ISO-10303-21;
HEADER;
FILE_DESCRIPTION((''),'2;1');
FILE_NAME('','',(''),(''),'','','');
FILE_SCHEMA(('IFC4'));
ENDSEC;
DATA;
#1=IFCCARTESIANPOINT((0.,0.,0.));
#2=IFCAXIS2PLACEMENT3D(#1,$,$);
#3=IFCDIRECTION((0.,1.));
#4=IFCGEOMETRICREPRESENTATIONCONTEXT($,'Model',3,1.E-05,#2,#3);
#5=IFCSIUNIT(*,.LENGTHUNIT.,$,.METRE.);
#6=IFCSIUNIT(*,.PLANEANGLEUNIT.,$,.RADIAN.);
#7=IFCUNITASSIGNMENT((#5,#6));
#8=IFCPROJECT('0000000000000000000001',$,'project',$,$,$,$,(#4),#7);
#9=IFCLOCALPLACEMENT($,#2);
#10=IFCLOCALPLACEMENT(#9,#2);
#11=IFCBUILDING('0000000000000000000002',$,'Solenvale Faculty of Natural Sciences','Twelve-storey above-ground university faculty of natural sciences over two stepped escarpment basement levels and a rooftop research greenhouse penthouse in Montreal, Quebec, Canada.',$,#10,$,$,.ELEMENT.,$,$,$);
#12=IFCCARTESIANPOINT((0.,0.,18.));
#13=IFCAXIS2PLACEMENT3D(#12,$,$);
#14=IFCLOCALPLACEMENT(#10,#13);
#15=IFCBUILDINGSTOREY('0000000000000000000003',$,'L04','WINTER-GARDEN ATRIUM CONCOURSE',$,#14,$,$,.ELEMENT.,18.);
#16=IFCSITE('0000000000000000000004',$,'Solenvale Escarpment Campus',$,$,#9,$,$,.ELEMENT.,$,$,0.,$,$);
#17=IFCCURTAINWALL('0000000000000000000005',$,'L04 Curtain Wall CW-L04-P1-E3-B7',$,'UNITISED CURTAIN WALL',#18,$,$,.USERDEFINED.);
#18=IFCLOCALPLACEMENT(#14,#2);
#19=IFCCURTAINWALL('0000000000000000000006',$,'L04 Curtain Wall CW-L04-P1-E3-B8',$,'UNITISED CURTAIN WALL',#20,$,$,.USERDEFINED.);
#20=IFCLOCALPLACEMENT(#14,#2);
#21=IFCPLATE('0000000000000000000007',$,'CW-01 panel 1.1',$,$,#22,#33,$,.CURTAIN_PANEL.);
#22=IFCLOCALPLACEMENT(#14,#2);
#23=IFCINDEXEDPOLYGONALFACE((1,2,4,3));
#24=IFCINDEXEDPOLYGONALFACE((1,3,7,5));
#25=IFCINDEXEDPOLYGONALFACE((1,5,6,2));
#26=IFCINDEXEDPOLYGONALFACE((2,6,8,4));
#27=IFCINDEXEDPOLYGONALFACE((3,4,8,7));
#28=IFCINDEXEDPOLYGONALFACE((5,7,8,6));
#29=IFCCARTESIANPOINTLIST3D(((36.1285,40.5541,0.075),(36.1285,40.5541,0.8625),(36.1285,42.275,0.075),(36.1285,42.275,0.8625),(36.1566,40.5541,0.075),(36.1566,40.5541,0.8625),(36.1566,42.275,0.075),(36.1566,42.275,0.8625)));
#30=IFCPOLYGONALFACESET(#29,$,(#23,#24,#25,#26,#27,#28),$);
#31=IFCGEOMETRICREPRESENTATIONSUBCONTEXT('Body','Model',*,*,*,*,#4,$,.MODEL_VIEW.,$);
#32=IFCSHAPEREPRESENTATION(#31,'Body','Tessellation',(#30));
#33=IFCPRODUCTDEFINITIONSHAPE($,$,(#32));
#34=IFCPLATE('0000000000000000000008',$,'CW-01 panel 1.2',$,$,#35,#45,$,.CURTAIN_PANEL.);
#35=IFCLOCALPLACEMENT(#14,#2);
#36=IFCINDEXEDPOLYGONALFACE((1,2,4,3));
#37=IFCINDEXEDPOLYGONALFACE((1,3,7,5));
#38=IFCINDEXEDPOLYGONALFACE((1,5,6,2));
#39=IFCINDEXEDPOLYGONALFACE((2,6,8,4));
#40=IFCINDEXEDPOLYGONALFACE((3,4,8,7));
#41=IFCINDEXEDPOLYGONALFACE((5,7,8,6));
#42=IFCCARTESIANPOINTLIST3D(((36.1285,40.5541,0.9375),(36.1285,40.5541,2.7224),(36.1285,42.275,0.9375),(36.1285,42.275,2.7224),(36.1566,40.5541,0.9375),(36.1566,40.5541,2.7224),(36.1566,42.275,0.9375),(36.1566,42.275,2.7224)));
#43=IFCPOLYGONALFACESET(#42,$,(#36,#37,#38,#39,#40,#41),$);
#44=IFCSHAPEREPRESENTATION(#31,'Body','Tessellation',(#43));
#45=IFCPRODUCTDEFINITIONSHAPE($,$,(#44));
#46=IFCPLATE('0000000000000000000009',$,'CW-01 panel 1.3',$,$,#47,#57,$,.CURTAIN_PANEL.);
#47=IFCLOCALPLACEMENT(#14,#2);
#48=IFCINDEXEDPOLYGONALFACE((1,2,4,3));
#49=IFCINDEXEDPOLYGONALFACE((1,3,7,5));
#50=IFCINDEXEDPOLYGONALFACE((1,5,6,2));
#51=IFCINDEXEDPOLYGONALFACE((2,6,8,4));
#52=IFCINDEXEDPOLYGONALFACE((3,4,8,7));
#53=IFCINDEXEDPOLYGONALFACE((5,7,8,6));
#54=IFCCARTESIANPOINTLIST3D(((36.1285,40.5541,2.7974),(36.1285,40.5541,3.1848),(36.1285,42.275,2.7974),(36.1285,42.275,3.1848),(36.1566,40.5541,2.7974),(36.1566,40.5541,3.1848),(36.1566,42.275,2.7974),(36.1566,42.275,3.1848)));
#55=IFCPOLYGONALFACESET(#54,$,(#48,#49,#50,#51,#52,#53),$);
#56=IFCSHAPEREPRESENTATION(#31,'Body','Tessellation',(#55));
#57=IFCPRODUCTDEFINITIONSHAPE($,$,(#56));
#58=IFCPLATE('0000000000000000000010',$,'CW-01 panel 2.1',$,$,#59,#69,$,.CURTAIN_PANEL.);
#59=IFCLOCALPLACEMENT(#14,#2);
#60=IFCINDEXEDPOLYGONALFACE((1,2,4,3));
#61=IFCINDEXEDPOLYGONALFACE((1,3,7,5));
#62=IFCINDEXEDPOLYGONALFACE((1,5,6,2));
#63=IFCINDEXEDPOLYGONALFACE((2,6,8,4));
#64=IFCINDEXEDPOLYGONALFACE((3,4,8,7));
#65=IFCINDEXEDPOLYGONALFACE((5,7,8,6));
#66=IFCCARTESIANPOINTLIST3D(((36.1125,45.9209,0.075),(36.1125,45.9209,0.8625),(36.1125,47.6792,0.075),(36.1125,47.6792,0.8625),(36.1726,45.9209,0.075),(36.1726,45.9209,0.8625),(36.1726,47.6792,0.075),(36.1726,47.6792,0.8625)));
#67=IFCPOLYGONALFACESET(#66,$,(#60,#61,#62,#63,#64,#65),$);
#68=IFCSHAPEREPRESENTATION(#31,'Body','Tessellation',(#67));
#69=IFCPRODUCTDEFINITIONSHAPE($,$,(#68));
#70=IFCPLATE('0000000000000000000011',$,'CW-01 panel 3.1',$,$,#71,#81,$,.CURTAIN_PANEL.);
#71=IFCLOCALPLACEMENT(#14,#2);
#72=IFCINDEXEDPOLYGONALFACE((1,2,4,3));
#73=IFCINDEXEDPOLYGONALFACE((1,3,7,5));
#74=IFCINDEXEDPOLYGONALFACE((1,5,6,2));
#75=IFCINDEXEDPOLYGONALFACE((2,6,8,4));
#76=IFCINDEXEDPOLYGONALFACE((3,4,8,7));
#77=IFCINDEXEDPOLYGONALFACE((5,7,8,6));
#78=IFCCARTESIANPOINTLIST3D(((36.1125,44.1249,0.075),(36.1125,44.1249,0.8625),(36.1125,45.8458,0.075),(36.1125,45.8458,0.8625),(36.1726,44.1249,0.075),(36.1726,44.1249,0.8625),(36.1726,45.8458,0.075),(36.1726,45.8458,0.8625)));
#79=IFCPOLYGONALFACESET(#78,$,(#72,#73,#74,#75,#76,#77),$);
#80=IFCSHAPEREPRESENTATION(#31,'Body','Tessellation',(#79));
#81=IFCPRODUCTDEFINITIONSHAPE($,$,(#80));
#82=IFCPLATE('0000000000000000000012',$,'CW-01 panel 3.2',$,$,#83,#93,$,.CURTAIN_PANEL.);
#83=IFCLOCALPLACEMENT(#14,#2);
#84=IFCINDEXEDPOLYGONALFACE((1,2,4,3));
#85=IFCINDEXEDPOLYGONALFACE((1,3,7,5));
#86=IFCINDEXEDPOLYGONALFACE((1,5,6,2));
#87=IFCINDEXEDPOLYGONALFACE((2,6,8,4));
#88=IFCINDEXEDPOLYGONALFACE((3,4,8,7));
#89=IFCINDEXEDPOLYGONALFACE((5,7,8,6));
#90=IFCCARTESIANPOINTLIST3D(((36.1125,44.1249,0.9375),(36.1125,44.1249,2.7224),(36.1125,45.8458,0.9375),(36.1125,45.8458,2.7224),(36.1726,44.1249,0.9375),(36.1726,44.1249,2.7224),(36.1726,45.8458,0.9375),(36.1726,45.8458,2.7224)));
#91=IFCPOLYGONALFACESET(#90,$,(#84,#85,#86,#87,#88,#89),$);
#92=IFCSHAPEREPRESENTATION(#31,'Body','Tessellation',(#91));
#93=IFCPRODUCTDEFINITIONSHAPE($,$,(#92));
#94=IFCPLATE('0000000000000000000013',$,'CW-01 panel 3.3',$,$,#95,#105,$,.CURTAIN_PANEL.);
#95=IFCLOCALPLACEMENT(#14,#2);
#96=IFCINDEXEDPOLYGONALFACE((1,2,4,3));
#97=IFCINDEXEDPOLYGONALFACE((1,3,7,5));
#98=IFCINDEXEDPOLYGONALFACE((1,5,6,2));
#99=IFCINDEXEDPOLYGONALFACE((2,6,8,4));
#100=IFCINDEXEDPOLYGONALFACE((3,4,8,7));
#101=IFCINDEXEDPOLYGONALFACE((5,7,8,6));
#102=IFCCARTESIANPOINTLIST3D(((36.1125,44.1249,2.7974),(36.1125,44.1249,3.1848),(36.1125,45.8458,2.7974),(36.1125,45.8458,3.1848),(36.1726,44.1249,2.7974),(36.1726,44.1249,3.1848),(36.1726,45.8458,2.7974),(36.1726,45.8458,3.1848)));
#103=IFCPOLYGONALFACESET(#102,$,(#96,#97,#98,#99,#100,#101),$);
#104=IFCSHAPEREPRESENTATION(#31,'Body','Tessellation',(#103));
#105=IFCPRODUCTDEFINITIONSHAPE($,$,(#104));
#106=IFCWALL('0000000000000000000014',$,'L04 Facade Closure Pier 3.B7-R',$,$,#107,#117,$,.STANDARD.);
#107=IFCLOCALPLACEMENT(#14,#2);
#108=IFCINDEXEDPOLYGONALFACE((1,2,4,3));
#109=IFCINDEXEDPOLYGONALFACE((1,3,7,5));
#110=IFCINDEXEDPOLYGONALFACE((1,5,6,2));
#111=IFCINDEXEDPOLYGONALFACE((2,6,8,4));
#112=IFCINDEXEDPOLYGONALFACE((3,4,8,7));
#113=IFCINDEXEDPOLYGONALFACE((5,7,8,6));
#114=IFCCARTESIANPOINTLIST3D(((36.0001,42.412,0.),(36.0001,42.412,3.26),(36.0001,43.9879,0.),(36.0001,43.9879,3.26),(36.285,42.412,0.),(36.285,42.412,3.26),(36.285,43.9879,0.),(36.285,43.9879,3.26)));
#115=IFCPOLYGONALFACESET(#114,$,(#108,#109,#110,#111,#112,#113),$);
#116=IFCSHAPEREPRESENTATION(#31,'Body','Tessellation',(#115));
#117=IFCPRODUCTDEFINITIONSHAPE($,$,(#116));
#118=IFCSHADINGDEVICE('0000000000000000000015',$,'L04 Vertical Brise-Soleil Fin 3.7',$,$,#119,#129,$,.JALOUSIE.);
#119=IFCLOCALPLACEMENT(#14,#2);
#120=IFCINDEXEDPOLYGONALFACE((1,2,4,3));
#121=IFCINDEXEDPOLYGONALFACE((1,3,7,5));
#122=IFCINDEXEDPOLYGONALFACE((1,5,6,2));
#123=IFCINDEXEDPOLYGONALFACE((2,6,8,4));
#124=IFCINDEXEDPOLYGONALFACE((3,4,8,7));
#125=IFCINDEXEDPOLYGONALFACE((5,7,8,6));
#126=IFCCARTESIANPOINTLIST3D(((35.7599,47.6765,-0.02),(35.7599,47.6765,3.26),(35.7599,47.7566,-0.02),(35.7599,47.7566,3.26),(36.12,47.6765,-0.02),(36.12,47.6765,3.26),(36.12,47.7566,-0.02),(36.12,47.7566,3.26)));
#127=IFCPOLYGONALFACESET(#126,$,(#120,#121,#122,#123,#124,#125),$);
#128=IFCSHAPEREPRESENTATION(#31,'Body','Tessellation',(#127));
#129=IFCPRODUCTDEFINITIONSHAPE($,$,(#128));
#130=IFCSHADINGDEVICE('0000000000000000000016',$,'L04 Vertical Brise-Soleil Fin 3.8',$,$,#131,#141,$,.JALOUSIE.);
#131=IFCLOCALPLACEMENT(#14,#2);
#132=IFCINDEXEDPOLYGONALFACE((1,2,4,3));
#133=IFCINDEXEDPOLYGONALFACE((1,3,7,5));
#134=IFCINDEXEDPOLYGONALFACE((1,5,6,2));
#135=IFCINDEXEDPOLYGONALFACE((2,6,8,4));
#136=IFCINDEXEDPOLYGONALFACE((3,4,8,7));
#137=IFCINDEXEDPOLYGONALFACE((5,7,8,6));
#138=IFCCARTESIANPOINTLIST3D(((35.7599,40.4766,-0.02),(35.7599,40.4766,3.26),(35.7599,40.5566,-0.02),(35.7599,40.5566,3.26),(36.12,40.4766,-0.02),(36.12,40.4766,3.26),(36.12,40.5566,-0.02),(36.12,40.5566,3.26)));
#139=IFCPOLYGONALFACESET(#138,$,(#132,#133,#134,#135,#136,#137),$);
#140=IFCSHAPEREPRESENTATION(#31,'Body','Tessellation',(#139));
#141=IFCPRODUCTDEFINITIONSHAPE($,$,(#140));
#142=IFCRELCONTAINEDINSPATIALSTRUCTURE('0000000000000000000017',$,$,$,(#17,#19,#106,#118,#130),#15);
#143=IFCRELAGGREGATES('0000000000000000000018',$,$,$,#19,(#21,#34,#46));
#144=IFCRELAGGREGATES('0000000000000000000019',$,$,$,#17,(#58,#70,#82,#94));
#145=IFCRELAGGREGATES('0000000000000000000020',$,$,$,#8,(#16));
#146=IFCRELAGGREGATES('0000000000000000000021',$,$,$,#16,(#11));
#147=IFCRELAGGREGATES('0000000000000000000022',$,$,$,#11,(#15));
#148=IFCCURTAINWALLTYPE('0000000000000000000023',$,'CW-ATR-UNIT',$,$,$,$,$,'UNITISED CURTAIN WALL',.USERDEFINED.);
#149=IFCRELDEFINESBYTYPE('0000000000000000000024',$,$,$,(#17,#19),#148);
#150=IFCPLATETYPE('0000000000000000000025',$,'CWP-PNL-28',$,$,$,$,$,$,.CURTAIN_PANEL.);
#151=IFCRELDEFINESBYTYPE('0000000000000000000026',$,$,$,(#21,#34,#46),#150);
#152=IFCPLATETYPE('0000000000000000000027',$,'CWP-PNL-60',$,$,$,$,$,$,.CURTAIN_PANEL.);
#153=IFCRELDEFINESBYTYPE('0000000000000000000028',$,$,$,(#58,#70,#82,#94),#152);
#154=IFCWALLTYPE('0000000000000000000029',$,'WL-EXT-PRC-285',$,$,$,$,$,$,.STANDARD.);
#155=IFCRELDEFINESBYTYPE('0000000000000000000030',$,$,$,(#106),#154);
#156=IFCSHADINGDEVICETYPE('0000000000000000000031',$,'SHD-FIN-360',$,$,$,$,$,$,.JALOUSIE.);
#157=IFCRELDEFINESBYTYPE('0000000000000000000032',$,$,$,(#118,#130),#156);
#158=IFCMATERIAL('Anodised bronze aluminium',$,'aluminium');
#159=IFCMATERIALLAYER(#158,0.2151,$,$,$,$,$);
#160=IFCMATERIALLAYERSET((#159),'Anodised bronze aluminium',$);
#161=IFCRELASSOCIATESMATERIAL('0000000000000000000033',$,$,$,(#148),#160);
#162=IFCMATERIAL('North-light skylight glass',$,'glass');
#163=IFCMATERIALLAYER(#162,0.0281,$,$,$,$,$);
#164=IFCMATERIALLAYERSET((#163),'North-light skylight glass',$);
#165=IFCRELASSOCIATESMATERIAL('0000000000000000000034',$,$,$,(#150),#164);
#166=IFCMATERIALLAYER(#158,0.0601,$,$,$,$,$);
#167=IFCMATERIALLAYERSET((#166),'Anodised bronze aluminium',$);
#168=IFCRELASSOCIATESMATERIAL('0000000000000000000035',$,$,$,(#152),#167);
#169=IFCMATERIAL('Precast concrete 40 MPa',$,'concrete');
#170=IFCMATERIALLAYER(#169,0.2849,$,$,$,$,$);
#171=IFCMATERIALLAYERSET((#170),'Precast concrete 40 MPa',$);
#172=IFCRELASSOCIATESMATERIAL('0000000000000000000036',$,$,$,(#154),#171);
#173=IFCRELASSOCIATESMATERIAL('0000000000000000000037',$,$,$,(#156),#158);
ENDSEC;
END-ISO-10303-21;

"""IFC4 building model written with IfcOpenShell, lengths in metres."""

from ifc_helpers import new_model, si_unit, direction, frame, frame_2d, origin, origin_2d, place, context, subcontext, project, spatial, rectangle, extrude, material, layer, layer_set, material_profile, profile_set, type_object, element, aggregate, save


model = new_model("IFC4")

# Units and contexts
model_context = context("Model", 3, precision=1e-05, world=origin(), true_north=direction((0.0, 1.0)))
body_context = subcontext(model_context, "Body", "Model", "MODEL_VIEW")
ifc_project = project(units=[si_unit("LENGTHUNIT", "METRE"), si_unit("PLANEANGLEUNIT", "RADIAN")], contexts=[model_context])

# Site, building, storey
site_placement = place(None, origin())
site = spatial("IfcSite", under=ifc_project, at=site_placement, Name="Solenvale Escarpment Campus", CompositionType="ELEMENT", RefElevation=0.0)
building_placement = place(site_placement, origin())
building = spatial("IfcBuilding", under=site, at=building_placement, Name="Solenvale Faculty of Natural Sciences", Description="Twelve-storey above-ground university faculty of natural sciences over two stepped escarpment basement levels and a rooftop research greenhouse penthouse in Montreal, Quebec, Canada.", CompositionType="ELEMENT")
storey_placement = place(building_placement, frame((0.0, 0.0, 18.0)))
storey = spatial("IfcBuildingStorey", under=building, at=storey_placement, Name="L04", Description="WINTER-GARDEN ATRIUM CONCOURSE", CompositionType="ELEMENT", Elevation=18.0)

# Curtain walls
ifc_material_1 = material(Name="Anodised bronze aluminium", Category="aluminium")
ifc_layer_1 = layer(ifc_material_1, 0.2151)
ifc_layer_set_1 = layer_set([ifc_layer_1], Name="Anodised bronze aluminium")
curtain_wall_type = type_object("IfcCurtainWallType", Name="CW-ATR-UNIT", ElementType="UNITISED CURTAIN WALL", PredefinedType="USERDEFINED", material=ifc_layer_set_1)
curtain_wall_1_placement = place(storey_placement, origin())
curtain_wall_1 = element("IfcCurtainWall", 1, at=curtain_wall_1_placement, inside=storey, type_object=curtain_wall_type, Name="L04 Curtain Wall CW-L04-P1-E3-B7", ObjectType="UNITISED CURTAIN WALL", PredefinedType="USERDEFINED")
curtain_wall_2_placement = place(storey_placement, origin())
curtain_wall_2 = element("IfcCurtainWall", 2, at=curtain_wall_2_placement, inside=storey, type_object=curtain_wall_type, Name="L04 Curtain Wall CW-L04-P1-E3-B8", ObjectType="UNITISED CURTAIN WALL", PredefinedType="USERDEFINED")

# Plates
ifc_material_2 = material(Name="North-light skylight glass", Category="glass")
ifc_layer_2 = layer(ifc_material_2, 0.0281)
ifc_layer_set_2 = layer_set([ifc_layer_2], Name="North-light skylight glass")
plate_type_1 = type_object("IfcPlateType", Name="CWP-PNL-28", PredefinedType="CURTAIN_PANEL", material=ifc_layer_set_2)
plate_1_placement = place(storey_placement, frame((36.1426, 41.4146, 0.075), z_axis=(0.0, 0.0, 1.0), x_axis=(0.0, -1.0, 0.0)))
plate_1 = element("IfcPlate", 3, at=plate_1_placement, type_object=plate_type_1, Name="CW-01 panel 1.1", PredefinedType="CURTAIN_PANEL", context=body_context, shape_type="SweptSolid", body=[
    extrude(rectangle(XDim=1.7209, YDim=0.0281, at=origin_2d()), origin(), (0.0, 0.0, 1.0), 0.7876),
])
plate_2_placement = place(storey_placement, frame((36.1426, 41.4146, 0.9375), z_axis=(0.0, 0.0, 1.0), x_axis=(0.0, -1.0, 0.0)))
plate_2 = element("IfcPlate", 4, at=plate_2_placement, type_object=plate_type_1, Name="CW-01 panel 1.2", PredefinedType="CURTAIN_PANEL", context=body_context, shape_type="SweptSolid", body=[
    extrude(rectangle(XDim=1.7209, YDim=0.0281, at=origin_2d()), origin(), (0.0, 0.0, 1.0), 1.7849),
])
plate_3_placement = place(storey_placement, frame((36.1426, 41.4146, 2.7974), z_axis=(0.0, 0.0, 1.0), x_axis=(0.0, -1.0, 0.0)))
plate_3 = element("IfcPlate", 5, at=plate_3_placement, type_object=plate_type_1, Name="CW-01 panel 1.3", PredefinedType="CURTAIN_PANEL", context=body_context, shape_type="SweptSolid", body=[
    extrude(rectangle(XDim=1.7209, YDim=0.0281, at=origin_2d()), origin(), (0.0, 0.0, 1.0), 0.3875),
])
aggregate(curtain_wall_2, [plate_1, plate_2, plate_3])
ifc_layer_3 = layer(ifc_material_1, 0.0601)
ifc_layer_set_3 = layer_set([ifc_layer_3], Name="Anodised bronze aluminium")
plate_type_2 = type_object("IfcPlateType", Name="CWP-PNL-60", PredefinedType="CURTAIN_PANEL", material=ifc_layer_set_3)
plate_4_placement = place(storey_placement, frame((36.1426, 46.8, 0.075), z_axis=(0.0, 0.0, 1.0), x_axis=(0.0, -1.0, 0.0)))
plate_4 = element("IfcPlate", 6, at=plate_4_placement, type_object=plate_type_2, Name="CW-01 panel 2.1", PredefinedType="CURTAIN_PANEL", context=body_context, shape_type="SweptSolid", body=[
    extrude(rectangle(XDim=1.7583, YDim=0.0601, at=origin_2d()), origin(), (0.0, 0.0, 1.0), 0.7876),
])
plate_5_placement = place(storey_placement, frame((36.1426, 44.9854, 0.075), z_axis=(0.0, 0.0, 1.0), x_axis=(0.0, -1.0, 0.0)))
plate_5 = element("IfcPlate", 7, at=plate_5_placement, type_object=plate_type_2, Name="CW-01 panel 3.1", PredefinedType="CURTAIN_PANEL", context=body_context, shape_type="SweptSolid", body=[
    extrude(rectangle(XDim=1.7209, YDim=0.0601, at=origin_2d()), origin(), (0.0, 0.0, 1.0), 0.7876),
])
plate_6_placement = place(storey_placement, frame((36.1426, 44.9854, 0.9375), z_axis=(0.0, 0.0, 1.0), x_axis=(0.0, -1.0, 0.0)))
plate_6 = element("IfcPlate", 8, at=plate_6_placement, type_object=plate_type_2, Name="CW-01 panel 3.2", PredefinedType="CURTAIN_PANEL", context=body_context, shape_type="SweptSolid", body=[
    extrude(rectangle(XDim=1.7209, YDim=0.0601, at=origin_2d()), origin(), (0.0, 0.0, 1.0), 1.7849),
])
plate_7_placement = place(storey_placement, frame((36.1426, 44.9854, 2.7974), z_axis=(0.0, 0.0, 1.0), x_axis=(0.0, -1.0, 0.0)))
plate_7 = element("IfcPlate", 9, at=plate_7_placement, type_object=plate_type_2, Name="CW-01 panel 3.3", PredefinedType="CURTAIN_PANEL", context=body_context, shape_type="SweptSolid", body=[
    extrude(rectangle(XDim=1.7209, YDim=0.0601, at=origin_2d()), origin(), (0.0, 0.0, 1.0), 0.3875),
])
aggregate(curtain_wall_1, [plate_4, plate_5, plate_6, plate_7])

# Wall
ifc_material_3 = material(Name="Precast concrete 40 MPa", Category="concrete")
ifc_layer_4 = layer(ifc_material_3, 0.2849)
ifc_layer_set_4 = layer_set([ifc_layer_4], Name="Precast concrete 40 MPa")
wall_type = type_object("IfcWallType", Name="WL-EXT-PRC-285", PredefinedType="STANDARD", material=ifc_layer_set_4)
wall_placement = place(storey_placement, frame((36.1426, 43.988, 0.0), z_axis=(0.0, 0.0, 1.0), x_axis=(0.0, -1.0, 0.0)))
element("IfcWall", 10, at=wall_placement, inside=storey, type_object=wall_type, Name="L04 Facade Closure Pier 3.B7-R", PredefinedType="STANDARD", context=body_context, shape_type="SweptSolid", body=[
    extrude(rectangle(XDim=1.5759, YDim=0.2849, at=frame_2d((0.7881, 0.0))), origin(), (0.0, 0.0, 1.0), 3.26),
])

# Shading devices
ifc_material_profile_1 = material_profile(ifc_material_1, rectangle(XDim=0.0801, YDim=0.3601, at=origin_2d()), Name="ALU-FIN-80x360")
ifc_profile_set_1 = profile_set([ifc_material_profile_1], Name="Anodised bronze aluminium")
shading_device_type = type_object("IfcShadingDeviceType", Name="SHD-FIN-360", PredefinedType="JALOUSIE", material=ifc_profile_set_1)
for number, where, z_axis, x_axis, name in (
    (11, (35.9399, 47.7166, -0.02), (0.0, 0.0, 1.0), (0.0, 1.0, 0.0), "L04 Vertical Brise-Soleil Fin 3.7"),
    (12, (35.9399, 40.5166, -0.02), (0.0, 0.0, 1.0), (0.0, 1.0, 0.0), "L04 Vertical Brise-Soleil Fin 3.8"),
):
    element("IfcShadingDevice", number, at=place(storey_placement, frame(where, z_axis=z_axis, x_axis=x_axis)), inside=storey, type_object=shading_device_type, Name=name, PredefinedType="JALOUSIE", context=body_context, shape_type="SweptSolid", body=[
        extrude(rectangle(XDim=0.0801, YDim=0.3601, at=origin_2d()), origin(), (0.0, 0.0, 1.0), 3.28),
    ])

save(model, "model.ifc")
